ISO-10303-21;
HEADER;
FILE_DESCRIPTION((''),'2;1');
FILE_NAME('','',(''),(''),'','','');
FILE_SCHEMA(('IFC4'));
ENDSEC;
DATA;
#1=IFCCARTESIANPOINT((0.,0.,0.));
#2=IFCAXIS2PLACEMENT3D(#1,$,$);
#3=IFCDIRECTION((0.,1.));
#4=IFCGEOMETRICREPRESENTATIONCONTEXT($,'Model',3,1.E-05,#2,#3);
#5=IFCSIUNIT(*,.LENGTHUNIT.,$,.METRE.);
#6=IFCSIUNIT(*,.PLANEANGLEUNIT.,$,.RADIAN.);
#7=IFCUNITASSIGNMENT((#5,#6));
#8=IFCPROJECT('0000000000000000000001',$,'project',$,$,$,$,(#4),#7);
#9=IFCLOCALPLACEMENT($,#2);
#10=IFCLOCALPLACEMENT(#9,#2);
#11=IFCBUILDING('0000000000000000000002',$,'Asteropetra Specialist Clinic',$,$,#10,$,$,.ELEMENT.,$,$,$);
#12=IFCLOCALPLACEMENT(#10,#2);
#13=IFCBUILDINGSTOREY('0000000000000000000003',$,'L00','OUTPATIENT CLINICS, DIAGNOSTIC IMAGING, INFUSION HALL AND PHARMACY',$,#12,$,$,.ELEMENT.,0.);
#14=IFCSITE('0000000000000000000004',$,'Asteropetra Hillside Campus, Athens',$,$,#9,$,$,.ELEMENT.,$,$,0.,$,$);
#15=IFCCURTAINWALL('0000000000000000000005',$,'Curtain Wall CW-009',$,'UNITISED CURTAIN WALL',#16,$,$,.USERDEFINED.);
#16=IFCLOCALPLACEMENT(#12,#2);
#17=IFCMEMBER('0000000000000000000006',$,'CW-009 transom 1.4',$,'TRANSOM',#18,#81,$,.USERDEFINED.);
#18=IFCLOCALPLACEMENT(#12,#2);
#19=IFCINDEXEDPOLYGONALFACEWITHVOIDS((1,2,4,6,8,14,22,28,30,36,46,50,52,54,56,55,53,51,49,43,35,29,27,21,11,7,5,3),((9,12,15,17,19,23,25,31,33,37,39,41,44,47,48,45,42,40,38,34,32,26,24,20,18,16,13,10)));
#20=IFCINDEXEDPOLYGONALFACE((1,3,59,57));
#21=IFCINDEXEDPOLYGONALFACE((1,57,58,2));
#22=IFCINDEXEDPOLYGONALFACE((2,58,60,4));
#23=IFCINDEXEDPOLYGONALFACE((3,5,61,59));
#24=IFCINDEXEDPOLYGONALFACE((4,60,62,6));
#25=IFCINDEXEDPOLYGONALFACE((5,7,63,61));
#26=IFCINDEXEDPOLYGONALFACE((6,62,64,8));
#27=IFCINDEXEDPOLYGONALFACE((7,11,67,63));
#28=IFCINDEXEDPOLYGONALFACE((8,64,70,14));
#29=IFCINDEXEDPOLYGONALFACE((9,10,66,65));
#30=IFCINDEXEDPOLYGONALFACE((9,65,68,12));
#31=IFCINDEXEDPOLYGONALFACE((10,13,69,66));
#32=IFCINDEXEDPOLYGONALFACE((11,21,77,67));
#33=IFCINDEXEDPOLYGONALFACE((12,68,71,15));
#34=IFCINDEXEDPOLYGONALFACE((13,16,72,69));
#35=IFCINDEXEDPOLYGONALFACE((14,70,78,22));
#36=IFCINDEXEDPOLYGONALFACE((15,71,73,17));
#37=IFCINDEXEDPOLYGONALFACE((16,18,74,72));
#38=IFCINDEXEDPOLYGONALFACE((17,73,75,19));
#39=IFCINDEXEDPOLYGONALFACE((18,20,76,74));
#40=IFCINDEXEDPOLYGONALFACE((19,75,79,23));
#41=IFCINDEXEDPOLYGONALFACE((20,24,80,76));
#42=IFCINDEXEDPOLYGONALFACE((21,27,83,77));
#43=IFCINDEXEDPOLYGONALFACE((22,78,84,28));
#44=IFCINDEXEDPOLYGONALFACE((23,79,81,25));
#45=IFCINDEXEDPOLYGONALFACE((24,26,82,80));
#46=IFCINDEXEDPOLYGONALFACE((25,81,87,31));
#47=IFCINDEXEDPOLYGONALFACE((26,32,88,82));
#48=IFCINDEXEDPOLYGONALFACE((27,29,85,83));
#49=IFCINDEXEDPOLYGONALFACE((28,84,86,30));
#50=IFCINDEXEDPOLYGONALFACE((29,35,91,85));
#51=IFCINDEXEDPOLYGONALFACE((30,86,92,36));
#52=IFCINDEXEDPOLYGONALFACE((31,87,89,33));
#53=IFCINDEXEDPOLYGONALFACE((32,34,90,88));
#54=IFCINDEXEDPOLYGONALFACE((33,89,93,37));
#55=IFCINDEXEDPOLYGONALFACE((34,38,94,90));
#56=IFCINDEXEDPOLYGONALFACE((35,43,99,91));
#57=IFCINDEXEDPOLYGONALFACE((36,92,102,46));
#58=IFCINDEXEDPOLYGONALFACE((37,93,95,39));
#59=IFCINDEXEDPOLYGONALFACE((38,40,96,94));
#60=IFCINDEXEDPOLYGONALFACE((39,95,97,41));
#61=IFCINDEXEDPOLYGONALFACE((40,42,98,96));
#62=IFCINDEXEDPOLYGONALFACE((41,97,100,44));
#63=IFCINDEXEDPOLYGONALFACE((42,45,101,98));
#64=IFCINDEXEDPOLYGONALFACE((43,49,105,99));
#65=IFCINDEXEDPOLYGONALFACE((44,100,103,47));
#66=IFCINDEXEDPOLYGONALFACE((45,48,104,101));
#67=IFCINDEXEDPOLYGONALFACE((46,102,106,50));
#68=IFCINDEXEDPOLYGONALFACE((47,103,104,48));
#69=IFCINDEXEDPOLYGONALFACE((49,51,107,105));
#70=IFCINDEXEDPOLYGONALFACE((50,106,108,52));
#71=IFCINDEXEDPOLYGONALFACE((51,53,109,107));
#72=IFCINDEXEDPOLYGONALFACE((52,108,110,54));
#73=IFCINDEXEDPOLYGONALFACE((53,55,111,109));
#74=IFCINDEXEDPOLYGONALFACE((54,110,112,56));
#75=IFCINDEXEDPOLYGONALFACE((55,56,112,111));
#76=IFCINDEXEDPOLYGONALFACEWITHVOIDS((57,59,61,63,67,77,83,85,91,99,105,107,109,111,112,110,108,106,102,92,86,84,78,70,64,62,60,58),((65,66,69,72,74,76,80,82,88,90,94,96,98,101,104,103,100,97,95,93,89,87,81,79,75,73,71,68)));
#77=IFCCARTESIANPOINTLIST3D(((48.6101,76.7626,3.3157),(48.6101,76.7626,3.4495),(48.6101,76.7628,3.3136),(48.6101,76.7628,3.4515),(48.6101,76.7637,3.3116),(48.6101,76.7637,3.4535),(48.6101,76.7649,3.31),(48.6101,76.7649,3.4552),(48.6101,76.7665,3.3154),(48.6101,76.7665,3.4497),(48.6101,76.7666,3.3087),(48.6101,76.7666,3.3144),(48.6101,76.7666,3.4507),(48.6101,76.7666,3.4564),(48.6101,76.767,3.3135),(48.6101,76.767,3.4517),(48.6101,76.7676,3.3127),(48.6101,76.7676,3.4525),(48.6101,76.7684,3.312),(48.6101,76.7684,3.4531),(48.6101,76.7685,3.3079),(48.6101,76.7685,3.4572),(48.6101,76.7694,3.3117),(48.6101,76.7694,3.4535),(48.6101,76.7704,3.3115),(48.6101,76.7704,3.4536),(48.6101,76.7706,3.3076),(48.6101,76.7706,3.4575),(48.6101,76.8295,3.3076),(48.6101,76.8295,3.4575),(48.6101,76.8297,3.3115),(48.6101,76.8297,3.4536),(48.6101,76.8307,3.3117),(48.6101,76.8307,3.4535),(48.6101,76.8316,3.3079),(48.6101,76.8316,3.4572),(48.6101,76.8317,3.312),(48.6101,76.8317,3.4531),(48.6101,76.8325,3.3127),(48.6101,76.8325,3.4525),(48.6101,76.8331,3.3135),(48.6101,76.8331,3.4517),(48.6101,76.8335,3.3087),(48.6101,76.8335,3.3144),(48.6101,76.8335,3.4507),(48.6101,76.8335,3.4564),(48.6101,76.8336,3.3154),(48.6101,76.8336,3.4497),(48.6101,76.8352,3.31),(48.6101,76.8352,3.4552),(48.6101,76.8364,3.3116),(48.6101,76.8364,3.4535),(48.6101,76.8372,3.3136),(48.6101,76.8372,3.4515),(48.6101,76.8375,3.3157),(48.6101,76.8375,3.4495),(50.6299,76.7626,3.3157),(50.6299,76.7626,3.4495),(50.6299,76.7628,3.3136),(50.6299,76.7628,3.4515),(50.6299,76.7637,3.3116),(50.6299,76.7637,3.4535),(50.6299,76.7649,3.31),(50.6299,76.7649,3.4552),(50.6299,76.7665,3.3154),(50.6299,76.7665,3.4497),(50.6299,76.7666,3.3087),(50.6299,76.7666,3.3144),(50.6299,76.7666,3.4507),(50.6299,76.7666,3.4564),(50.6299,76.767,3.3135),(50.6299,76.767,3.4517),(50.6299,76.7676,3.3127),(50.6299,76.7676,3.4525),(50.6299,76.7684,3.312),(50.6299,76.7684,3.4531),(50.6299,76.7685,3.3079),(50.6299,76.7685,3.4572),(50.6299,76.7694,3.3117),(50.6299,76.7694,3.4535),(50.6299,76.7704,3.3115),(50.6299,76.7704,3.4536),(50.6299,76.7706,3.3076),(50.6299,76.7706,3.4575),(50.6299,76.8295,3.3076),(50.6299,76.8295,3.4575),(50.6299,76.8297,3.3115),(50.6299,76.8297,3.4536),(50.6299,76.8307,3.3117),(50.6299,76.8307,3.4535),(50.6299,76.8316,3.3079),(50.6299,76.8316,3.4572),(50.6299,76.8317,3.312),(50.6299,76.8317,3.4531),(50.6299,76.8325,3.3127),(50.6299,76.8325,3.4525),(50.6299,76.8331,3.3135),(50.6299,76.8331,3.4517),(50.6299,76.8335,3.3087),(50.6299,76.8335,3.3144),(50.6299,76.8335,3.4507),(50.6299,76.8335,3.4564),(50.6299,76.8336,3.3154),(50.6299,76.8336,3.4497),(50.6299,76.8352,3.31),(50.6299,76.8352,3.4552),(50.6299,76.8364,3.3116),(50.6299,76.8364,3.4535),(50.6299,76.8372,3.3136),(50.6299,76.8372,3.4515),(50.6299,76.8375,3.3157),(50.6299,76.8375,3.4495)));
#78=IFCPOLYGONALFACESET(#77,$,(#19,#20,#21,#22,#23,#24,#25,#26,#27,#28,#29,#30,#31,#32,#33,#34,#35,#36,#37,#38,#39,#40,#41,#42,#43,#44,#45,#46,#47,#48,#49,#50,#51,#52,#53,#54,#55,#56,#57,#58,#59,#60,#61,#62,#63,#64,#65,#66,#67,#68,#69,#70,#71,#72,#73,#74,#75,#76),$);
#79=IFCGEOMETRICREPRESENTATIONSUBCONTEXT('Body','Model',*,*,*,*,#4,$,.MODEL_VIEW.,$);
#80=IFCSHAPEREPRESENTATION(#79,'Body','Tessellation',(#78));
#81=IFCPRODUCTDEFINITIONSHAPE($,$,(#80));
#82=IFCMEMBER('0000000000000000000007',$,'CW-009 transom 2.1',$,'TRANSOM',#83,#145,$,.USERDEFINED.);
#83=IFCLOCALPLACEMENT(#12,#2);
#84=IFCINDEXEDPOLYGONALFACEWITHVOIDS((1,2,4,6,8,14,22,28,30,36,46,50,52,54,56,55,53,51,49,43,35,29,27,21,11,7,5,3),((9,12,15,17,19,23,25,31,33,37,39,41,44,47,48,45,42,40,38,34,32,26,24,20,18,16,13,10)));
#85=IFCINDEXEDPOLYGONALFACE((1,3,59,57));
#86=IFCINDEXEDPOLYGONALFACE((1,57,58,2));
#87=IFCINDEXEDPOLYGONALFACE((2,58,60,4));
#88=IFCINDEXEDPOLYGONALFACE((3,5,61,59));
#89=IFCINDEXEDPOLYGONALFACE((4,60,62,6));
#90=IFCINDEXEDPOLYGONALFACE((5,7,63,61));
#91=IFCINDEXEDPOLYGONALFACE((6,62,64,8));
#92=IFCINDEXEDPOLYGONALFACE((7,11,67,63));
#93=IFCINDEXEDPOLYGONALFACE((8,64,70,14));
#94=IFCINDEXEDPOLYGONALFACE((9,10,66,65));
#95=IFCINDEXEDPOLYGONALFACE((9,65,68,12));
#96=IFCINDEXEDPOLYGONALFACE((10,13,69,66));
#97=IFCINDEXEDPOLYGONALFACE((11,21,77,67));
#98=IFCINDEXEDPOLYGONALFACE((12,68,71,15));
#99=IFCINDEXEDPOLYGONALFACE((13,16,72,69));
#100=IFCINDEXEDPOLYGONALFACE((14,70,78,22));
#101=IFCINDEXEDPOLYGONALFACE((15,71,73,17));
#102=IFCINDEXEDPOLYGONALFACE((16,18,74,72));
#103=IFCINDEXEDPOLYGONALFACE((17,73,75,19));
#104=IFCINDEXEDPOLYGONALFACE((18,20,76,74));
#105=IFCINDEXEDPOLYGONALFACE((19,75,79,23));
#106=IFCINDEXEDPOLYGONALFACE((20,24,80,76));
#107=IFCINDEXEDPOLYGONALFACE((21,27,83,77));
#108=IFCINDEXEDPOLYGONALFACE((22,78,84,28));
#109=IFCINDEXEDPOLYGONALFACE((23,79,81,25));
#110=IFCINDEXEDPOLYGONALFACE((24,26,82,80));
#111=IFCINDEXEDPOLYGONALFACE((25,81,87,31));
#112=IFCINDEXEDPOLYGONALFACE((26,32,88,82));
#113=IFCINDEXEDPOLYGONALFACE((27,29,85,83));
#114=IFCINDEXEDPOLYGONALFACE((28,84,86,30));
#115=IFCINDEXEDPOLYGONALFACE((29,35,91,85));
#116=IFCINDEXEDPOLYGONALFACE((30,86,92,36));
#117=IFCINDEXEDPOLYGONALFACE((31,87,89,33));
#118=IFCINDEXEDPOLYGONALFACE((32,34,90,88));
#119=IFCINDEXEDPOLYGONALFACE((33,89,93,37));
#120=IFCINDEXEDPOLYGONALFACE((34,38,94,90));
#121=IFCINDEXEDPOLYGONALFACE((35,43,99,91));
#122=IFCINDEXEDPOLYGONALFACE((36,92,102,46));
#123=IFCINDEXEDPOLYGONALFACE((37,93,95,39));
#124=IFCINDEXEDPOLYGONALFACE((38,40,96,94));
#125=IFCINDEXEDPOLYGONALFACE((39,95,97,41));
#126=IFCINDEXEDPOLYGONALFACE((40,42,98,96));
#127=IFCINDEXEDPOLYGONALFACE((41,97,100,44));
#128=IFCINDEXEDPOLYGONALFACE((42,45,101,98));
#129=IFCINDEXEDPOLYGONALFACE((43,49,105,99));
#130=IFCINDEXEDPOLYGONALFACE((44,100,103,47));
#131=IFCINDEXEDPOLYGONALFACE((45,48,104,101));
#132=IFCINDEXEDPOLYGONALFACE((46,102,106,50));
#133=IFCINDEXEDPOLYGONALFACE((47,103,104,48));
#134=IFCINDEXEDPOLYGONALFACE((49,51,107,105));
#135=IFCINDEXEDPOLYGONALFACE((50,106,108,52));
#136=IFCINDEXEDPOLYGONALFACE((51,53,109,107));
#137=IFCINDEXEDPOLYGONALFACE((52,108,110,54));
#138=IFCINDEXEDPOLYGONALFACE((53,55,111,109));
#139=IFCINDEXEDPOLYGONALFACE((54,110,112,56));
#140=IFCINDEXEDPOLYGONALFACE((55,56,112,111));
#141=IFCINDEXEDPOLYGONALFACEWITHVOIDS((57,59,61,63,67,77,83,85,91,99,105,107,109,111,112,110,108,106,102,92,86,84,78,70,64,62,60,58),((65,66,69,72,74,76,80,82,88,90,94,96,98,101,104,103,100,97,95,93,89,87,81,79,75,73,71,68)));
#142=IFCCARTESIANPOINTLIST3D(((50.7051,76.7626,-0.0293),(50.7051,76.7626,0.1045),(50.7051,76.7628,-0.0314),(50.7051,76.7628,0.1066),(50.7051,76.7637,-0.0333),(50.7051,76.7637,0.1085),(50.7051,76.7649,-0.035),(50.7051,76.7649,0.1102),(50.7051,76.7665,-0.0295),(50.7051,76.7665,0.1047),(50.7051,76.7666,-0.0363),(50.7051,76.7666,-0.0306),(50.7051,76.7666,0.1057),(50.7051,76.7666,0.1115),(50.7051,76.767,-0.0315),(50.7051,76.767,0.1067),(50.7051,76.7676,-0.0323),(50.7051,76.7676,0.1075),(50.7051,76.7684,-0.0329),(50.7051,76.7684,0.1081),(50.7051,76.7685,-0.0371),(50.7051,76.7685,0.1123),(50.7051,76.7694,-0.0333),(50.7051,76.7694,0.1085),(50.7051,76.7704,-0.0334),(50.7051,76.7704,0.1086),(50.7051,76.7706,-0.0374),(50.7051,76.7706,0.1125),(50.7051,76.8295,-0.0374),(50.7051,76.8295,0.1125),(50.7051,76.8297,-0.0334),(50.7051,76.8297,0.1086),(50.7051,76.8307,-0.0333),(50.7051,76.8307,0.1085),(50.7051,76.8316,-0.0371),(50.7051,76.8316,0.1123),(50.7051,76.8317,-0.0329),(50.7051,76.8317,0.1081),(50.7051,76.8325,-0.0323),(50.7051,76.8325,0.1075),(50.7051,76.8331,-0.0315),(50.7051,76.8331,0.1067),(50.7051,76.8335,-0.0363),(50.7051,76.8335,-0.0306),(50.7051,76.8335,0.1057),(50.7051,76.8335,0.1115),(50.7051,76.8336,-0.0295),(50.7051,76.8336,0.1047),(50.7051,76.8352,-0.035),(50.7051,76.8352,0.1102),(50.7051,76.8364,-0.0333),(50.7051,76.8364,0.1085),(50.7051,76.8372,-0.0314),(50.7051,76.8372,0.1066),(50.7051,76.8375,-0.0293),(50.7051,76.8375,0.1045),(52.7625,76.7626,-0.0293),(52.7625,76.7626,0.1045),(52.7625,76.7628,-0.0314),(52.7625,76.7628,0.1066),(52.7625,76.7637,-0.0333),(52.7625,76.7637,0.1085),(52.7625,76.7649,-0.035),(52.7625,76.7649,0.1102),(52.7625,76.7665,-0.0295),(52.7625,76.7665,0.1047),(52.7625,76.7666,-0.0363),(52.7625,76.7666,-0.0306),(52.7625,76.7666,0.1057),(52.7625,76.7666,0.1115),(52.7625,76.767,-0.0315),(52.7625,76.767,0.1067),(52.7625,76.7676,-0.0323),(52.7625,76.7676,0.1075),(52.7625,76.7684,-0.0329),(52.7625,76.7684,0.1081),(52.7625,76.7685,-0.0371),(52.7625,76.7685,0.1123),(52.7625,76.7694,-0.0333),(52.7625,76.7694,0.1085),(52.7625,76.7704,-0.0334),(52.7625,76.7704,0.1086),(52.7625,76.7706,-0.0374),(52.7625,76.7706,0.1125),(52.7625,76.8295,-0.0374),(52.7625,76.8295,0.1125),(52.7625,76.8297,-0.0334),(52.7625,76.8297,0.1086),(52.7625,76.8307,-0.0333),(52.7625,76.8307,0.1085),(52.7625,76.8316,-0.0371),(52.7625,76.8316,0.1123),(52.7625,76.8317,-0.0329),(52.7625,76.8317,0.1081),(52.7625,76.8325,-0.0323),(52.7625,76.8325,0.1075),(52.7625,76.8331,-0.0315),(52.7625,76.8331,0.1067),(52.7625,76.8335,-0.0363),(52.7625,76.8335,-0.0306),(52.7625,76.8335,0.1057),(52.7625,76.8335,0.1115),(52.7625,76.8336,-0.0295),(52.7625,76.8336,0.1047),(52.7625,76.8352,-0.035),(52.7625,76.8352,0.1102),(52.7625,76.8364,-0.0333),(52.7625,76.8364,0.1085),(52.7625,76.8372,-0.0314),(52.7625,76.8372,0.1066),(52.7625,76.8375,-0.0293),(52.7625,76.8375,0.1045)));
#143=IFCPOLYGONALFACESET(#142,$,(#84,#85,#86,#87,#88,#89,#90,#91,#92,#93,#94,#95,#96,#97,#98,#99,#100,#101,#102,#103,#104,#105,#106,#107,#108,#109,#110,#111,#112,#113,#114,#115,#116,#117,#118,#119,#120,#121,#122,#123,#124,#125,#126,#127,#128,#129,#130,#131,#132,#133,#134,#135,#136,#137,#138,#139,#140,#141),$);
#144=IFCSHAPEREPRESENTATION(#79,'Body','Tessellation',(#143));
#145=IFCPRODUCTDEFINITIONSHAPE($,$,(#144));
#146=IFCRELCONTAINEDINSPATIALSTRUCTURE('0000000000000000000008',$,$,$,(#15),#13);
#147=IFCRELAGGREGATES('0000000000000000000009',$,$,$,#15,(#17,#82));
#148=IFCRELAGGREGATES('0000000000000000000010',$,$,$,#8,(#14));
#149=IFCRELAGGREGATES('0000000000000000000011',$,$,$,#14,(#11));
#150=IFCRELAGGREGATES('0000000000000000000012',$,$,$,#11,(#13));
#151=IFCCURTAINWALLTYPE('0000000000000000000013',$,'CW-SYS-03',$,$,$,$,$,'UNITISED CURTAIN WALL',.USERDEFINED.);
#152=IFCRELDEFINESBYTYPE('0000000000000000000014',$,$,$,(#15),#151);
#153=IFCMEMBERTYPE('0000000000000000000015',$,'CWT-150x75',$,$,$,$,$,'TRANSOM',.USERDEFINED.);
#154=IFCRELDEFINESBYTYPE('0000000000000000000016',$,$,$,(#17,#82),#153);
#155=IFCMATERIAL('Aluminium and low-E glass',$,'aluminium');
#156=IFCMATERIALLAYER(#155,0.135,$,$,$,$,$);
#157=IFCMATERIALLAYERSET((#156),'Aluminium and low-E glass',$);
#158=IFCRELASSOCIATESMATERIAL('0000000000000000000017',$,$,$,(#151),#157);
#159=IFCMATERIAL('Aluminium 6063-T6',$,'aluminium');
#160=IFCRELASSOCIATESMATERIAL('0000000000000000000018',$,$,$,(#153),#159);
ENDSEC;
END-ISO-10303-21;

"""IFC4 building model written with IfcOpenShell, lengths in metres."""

from ifc_helpers import new_model, si_unit, direction, frame, origin, origin_2d, place, context, subcontext, project, spatial, hollow_rectangle, extrude, material, layer, layer_set, material_profile, profile_set, type_object, element, aggregate, save


model = new_model("IFC4")

# Units and contexts
model_context = context("Model", 3, precision=1e-05, world=origin(), true_north=direction((0.0, 1.0)))
body_context = subcontext(model_context, "Body", "Model", "MODEL_VIEW")
ifc_project = project(units=[si_unit("LENGTHUNIT", "METRE"), si_unit("PLANEANGLEUNIT", "RADIAN")], contexts=[model_context])

# Site, building, storey
site_placement = place(None, origin())
site = spatial("IfcSite", under=ifc_project, at=site_placement, Name="Asteropetra Hillside Campus, Athens", CompositionType="ELEMENT", RefElevation=0.0)
building_placement = place(site_placement, origin())
building = spatial("IfcBuilding", under=site, at=building_placement, Name="Asteropetra Specialist Clinic", CompositionType="ELEMENT")
storey_placement = place(building_placement, origin())
storey = spatial("IfcBuildingStorey", under=building, at=storey_placement, Name="L00", Description="OUTPATIENT CLINICS, DIAGNOSTIC IMAGING, INFUSION HALL AND PHARMACY", CompositionType="ELEMENT", Elevation=0.0)

# Curtain wall, members
ifc_material_1 = material(Name="Aluminium and low-E glass", Category="aluminium")
ifc_layer_1 = layer(ifc_material_1, 0.135)
ifc_layer_set_1 = layer_set([ifc_layer_1], Name="Aluminium and low-E glass")
curtain_wall_type = type_object("IfcCurtainWallType", Name="CW-SYS-03", ElementType="UNITISED CURTAIN WALL", PredefinedType="USERDEFINED", material=ifc_layer_set_1)
curtain_wall_placement = place(storey_placement, origin())
curtain_wall = element("IfcCurtainWall", 1, at=curtain_wall_placement, inside=storey, type_object=curtain_wall_type, Name="Curtain Wall CW-009", ObjectType="UNITISED CURTAIN WALL", PredefinedType="USERDEFINED")
ifc_material_2 = material(Name="Aluminium 6063-T6", Category="aluminium")
ifc_material_profile_1 = material_profile(ifc_material_2, hollow_rectangle(XDim=0.075, YDim=0.1499, WallThickness=0.0039, InnerFilletRadius=0.0039, OuterFilletRadius=0.0081, at=origin_2d()), Name="TRN 150x75x4.0")
ifc_profile_set_1 = profile_set([ifc_material_profile_1], Name="Aluminium 6063-T6")
member_type_1 = type_object("IfcMemberType", Name="CWT-150x75", ElementType="TRANSOM", PredefinedType="USERDEFINED", material=ifc_profile_set_1)
member_1_placement = place(storey_placement, frame((48.6101, 76.8, 3.3826), z_axis=(1.0, 0.0, 0.0), x_axis=(0.0, 1.0, 0.0)))
member_1 = element("IfcMember", 2, at=member_1_placement, type_object=member_type_1, Name="CW-009 transom 1.4", ObjectType="TRANSOM", PredefinedType="USERDEFINED", context=body_context, shape_type="SweptSolid", body=[
    extrude(hollow_rectangle(XDim=0.075, YDim=0.1499, WallThickness=0.0039, InnerFilletRadius=0.0039, OuterFilletRadius=0.0081, at=origin_2d()), origin(), (0.0, 0.0, 1.0), 2.0198),
])
member_2_placement = place(storey_placement, frame((50.7051, 76.8, 0.0376), z_axis=(1.0, 0.0, 0.0), x_axis=(0.0, 1.0, 0.0)))
member_2 = element("IfcMember", 3, at=member_2_placement, type_object=member_type_1, Name="CW-009 transom 2.1", ObjectType="TRANSOM", PredefinedType="USERDEFINED", context=body_context, shape_type="SweptSolid", body=[
    extrude(hollow_rectangle(XDim=0.075, YDim=0.1499, WallThickness=0.0039, InnerFilletRadius=0.0039, OuterFilletRadius=0.0081, at=origin_2d()), origin(), (0.0, 0.0, 1.0), 2.0574),
])
aggregate(curtain_wall, [member_1, member_2])

save(model, "model.ifc")
